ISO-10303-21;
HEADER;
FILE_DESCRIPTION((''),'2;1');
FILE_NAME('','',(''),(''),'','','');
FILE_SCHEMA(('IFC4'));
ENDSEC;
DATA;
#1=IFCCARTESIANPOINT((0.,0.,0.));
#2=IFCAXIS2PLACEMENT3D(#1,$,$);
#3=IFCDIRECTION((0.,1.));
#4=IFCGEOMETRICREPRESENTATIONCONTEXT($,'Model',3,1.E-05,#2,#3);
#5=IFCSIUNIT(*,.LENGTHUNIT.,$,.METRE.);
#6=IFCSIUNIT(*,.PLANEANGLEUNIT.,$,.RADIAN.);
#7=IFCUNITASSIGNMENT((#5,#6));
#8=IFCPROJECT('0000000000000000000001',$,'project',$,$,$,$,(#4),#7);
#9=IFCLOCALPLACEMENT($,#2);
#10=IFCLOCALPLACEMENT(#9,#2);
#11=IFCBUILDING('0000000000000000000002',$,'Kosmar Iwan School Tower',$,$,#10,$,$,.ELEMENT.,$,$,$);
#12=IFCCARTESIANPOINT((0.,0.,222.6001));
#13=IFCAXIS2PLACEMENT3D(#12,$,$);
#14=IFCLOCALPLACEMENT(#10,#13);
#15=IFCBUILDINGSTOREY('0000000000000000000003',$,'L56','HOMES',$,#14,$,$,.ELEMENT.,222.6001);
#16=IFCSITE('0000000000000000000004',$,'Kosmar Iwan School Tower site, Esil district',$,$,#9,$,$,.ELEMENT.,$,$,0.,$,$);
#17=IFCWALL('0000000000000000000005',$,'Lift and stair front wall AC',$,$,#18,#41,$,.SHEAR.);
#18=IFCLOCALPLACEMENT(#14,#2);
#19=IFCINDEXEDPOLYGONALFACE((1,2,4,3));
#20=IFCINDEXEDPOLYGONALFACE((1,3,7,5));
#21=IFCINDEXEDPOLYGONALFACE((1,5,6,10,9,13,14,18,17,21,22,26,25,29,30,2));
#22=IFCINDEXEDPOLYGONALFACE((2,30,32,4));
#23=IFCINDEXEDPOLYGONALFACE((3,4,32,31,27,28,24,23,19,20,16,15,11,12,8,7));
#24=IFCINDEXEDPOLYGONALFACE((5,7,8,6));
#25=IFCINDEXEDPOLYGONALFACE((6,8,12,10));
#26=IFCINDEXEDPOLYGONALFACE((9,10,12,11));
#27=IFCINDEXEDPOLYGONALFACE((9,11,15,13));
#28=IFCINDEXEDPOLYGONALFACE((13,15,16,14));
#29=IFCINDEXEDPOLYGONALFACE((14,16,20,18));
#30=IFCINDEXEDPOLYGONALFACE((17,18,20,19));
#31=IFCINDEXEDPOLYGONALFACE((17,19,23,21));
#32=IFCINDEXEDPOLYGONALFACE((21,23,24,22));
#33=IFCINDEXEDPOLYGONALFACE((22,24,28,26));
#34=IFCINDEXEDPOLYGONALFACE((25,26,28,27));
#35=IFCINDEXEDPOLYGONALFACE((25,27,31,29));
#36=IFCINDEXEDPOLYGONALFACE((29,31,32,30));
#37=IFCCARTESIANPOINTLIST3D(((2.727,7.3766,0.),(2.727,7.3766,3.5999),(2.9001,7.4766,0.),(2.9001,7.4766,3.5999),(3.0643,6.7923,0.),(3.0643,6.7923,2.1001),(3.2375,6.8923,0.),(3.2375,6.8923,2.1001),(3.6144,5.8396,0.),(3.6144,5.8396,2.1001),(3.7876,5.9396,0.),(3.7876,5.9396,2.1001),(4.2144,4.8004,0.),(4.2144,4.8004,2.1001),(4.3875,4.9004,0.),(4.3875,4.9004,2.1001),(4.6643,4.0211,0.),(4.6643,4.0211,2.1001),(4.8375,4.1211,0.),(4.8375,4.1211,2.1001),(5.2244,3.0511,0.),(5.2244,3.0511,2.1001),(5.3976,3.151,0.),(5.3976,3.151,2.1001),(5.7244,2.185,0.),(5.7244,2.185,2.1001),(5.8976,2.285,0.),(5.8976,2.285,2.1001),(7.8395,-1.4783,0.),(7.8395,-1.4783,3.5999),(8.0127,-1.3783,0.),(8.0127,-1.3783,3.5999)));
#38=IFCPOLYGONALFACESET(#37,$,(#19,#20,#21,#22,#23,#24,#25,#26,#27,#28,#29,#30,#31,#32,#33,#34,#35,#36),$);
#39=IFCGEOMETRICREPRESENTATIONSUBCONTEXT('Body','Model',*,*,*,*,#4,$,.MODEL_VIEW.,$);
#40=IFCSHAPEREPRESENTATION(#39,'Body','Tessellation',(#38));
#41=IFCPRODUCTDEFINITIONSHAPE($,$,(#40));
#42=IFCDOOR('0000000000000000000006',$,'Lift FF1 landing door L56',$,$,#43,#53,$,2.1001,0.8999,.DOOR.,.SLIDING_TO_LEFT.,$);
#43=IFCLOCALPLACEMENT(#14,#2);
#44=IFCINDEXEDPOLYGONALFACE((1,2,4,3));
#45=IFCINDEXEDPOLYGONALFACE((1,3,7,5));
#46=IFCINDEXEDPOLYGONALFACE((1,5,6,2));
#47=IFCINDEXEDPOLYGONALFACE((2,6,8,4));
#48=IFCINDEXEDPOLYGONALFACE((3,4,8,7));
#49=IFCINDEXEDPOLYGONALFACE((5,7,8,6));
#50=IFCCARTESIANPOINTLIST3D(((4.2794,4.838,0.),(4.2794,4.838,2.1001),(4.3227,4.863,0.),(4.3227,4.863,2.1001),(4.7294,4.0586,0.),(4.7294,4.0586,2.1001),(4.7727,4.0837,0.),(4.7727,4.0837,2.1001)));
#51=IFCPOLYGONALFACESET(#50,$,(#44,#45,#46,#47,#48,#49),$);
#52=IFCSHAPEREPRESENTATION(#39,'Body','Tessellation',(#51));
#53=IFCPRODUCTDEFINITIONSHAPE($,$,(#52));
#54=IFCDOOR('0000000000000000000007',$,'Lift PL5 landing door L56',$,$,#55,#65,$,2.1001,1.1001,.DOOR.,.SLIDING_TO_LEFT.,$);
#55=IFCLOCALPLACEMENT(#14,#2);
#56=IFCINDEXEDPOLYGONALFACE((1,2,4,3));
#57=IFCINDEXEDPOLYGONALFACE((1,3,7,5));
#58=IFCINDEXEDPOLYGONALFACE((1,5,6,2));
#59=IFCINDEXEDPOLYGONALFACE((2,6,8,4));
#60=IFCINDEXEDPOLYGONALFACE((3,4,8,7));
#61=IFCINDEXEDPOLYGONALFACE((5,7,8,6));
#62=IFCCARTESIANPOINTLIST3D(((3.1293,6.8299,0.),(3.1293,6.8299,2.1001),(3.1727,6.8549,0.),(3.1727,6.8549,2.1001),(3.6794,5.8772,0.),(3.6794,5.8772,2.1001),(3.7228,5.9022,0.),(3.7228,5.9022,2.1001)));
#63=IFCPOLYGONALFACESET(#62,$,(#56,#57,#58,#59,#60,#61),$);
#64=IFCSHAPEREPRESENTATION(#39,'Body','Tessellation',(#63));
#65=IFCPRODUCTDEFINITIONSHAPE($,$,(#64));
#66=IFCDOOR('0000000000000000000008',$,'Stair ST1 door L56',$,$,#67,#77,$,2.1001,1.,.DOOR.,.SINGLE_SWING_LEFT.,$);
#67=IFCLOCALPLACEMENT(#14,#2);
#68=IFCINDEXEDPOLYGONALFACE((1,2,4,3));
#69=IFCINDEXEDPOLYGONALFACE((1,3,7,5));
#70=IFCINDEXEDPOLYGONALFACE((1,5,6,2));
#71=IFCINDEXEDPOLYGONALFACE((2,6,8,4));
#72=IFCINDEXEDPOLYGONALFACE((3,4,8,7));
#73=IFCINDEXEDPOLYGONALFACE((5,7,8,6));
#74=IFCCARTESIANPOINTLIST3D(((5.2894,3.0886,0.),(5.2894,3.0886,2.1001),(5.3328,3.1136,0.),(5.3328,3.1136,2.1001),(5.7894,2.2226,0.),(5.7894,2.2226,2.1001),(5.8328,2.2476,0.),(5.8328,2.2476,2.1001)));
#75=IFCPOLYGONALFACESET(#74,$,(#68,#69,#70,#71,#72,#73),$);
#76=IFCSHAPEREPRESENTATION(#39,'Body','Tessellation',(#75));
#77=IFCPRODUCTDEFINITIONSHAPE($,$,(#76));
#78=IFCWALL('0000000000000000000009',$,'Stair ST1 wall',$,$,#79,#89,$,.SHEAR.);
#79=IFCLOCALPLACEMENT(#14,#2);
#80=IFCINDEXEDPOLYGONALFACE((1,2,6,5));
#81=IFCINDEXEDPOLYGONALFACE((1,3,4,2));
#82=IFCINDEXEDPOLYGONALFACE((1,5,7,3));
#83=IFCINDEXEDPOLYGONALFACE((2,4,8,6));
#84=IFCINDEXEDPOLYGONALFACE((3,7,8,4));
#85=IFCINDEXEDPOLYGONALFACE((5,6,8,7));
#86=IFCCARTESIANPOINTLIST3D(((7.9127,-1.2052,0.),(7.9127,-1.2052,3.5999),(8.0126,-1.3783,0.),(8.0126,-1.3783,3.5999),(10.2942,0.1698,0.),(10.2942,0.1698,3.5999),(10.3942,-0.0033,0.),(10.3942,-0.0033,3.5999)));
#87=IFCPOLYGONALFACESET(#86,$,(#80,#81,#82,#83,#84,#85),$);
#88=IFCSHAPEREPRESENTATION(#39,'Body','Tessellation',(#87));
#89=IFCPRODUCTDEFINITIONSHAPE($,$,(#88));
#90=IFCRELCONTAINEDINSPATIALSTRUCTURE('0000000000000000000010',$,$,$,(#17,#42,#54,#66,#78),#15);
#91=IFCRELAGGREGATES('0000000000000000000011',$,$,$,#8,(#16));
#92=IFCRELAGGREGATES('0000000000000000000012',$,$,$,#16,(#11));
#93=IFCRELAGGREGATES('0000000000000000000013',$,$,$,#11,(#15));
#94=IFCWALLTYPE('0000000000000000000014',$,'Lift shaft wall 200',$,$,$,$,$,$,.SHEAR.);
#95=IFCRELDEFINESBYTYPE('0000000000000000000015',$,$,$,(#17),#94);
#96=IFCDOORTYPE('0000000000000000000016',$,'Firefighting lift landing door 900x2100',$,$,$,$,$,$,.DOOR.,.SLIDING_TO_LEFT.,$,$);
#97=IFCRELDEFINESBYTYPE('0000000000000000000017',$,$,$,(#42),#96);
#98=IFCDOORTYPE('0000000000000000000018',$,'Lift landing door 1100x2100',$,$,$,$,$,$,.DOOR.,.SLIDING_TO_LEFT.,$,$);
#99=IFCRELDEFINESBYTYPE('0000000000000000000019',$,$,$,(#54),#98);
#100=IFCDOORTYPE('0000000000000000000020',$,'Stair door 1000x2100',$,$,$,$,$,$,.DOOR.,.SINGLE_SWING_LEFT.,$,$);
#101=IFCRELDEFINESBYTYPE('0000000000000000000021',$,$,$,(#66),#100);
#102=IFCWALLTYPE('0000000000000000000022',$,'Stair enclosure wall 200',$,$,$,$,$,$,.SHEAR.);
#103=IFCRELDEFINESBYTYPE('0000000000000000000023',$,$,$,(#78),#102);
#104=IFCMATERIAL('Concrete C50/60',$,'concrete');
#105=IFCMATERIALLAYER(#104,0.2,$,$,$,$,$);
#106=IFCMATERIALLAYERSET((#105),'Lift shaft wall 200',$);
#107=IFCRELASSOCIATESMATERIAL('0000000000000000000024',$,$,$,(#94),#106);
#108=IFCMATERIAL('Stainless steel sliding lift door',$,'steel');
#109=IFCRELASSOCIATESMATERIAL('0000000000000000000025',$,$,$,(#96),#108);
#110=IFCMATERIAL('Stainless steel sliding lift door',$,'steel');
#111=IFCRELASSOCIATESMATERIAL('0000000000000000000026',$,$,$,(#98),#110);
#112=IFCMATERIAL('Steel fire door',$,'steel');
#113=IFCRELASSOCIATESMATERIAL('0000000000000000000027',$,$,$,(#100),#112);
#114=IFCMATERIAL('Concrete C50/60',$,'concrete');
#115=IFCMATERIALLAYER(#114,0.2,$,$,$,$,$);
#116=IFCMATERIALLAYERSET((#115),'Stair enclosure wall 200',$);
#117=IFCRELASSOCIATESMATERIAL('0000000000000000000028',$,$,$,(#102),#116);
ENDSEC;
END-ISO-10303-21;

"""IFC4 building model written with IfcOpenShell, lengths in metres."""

from ifc_helpers import new_model, si_unit, direction, frame, frame_2d, origin, place, context, subcontext, project, spatial, rectangle, extrude, material, layer, layer_set, type_object, element, fill, save


model = new_model("IFC4")

# Units and contexts
model_context = context("Model", 3, precision=1e-05, world=origin(), true_north=direction((0.0, 1.0)))
body_context = subcontext(model_context, "Body", "Model", "MODEL_VIEW")
ifc_project = project(units=[si_unit("LENGTHUNIT", "METRE"), si_unit("PLANEANGLEUNIT", "RADIAN")], contexts=[model_context])

# Site, building, storey
site_placement = place(None, origin())
site = spatial("IfcSite", under=ifc_project, at=site_placement, Name="Kosmar Iwan School Tower site, Esil district", CompositionType="ELEMENT", RefElevation=0.0)
building_placement = place(site_placement, origin())
building = spatial("IfcBuilding", under=site, at=building_placement, Name="Kosmar Iwan School Tower", CompositionType="ELEMENT")
storey_placement = place(building_placement, frame((0.0, 0.0, 222.6001)))
storey = spatial("IfcBuildingStorey", under=building, at=storey_placement, Name="L56", Description="HOMES", CompositionType="ELEMENT", Elevation=222.6001)

# Wall, openings, doors
ifc_material_1 = material(Name="Concrete C50/60", Category="concrete")
ifc_layer_1 = layer(ifc_material_1, 0.2)
ifc_layer_set_1 = layer_set([ifc_layer_1], Name="Lift shaft wall 200")
wall_type_1 = type_object("IfcWallType", Name="Lift shaft wall 200", PredefinedType="SHEAR", material=ifc_layer_set_1)
wall_1_placement = place(storey_placement, frame((7.926, -1.4282, 0.0), z_axis=(0.0, 0.0, 1.0), x_axis=(-0.500009, 0.86602, 0.0)))
wall_1 = element("IfcWall", 1, at=wall_1_placement, inside=storey, type_object=wall_type_1, Name="Lift and stair front wall AC", PredefinedType="SHEAR", context=body_context, shape_type="SweptSolid", body=[
    extrude(rectangle(XDim=10.2249, YDim=0.2, at=frame_2d((5.1123, 0.0))), origin(), (0.0, 0.0, 1.0), 3.5999),
])
opening_1_placement = place(wall_1_placement, frame((6.3501, 0.0, 0.0)))
opening_1 = element("IfcOpeningElement", 2, at=opening_1_placement, cuts=wall_1, PredefinedType="OPENING", context=body_context, shape_type="SweptSolid", body=[
    extrude(rectangle(XDim=0.8999, YDim=2.1001, at=frame_2d((0.45, 1.05))), frame((0.0, 0.1121, 0.0), z_axis=(0.0, -1.0, 0.0), x_axis=(1.0, 0.0, 0.0)), (0.0, 0.0, 1.0), 0.2239),
])
opening_2_placement = place(wall_1_placement, frame((8.45, 0.0, 0.0)))
opening_2 = element("IfcOpeningElement", 3, at=opening_2_placement, cuts=wall_1, PredefinedType="OPENING", context=body_context, shape_type="SweptSolid", body=[
    extrude(rectangle(XDim=1.1001, YDim=2.1001, at=frame_2d((0.55, 1.05))), frame((0.0, 0.1121, 0.0), z_axis=(0.0, -1.0, 0.0), x_axis=(1.0, 0.0, 0.0)), (0.0, 0.0, 1.0), 0.2239),
])
opening_3_placement = place(wall_1_placement, frame((4.23, 0.0, 0.0)))
opening_3 = element("IfcOpeningElement", 4, at=opening_3_placement, cuts=wall_1, PredefinedType="OPENING", context=body_context, shape_type="SweptSolid", body=[
    extrude(rectangle(XDim=1.0, YDim=2.1001, at=frame_2d((0.5, 1.05))), frame((0.0, 0.1121, 0.0), z_axis=(0.0, -1.0, 0.0), x_axis=(1.0, 0.0, 0.0)), (0.0, 0.0, 1.0), 0.2239),
])
ifc_material_2 = material(Name="Stainless steel sliding lift door", Category="steel")
door_type_1 = type_object("IfcDoorType", Name="Firefighting lift landing door 900x2100", OperationType="SLIDING_TO_LEFT", PredefinedType="DOOR", material=ifc_material_2)
door_1_placement = place(opening_1_placement, origin())
door_1 = element("IfcDoor", 5, at=door_1_placement, inside=storey, type_object=door_type_1, Name="Lift FF1 landing door L56", OperationType="SLIDING_TO_LEFT", OverallHeight=2.1001, OverallWidth=0.8999, PredefinedType="DOOR", context=body_context, shape_type="SweptSolid", body=[
    extrude(rectangle(XDim=0.8999, YDim=2.1001, at=frame_2d((0.45, 1.05))), frame((0.0, 0.0249, 0.0), z_axis=(0.0, -1.0, 0.0), x_axis=(1.0, 0.0, 0.0)), (0.0, 0.0, 1.0), 0.05),
])
fill(opening_1, door_1)
ifc_material_3 = material(Name="Stainless steel sliding lift door", Category="steel")
door_type_2 = type_object("IfcDoorType", Name="Lift landing door 1100x2100", OperationType="SLIDING_TO_LEFT", PredefinedType="DOOR", material=ifc_material_3)
door_2_placement = place(opening_2_placement, origin())
door_2 = element("IfcDoor", 6, at=door_2_placement, inside=storey, type_object=door_type_2, Name="Lift PL5 landing door L56", OperationType="SLIDING_TO_LEFT", OverallHeight=2.1001, OverallWidth=1.1001, PredefinedType="DOOR", context=body_context, shape_type="SweptSolid", body=[
    extrude(rectangle(XDim=1.1001, YDim=2.1001, at=frame_2d((0.55, 1.05))), frame((0.0, 0.0249, 0.0), z_axis=(0.0, -1.0, 0.0), x_axis=(1.0, 0.0, 0.0)), (0.0, 0.0, 1.0), 0.05),
])
fill(opening_2, door_2)
ifc_material_4 = material(Name="Steel fire door", Category="steel")
door_type_3 = type_object("IfcDoorType", Name="Stair door 1000x2100", OperationType="SINGLE_SWING_LEFT", PredefinedType="DOOR", material=ifc_material_4)
door_3_placement = place(opening_3_placement, origin())
door_3 = element("IfcDoor", 7, at=door_3_placement, inside=storey, type_object=door_type_3, Name="Stair ST1 door L56", OperationType="SINGLE_SWING_LEFT", OverallHeight=2.1001, OverallWidth=1.0, PredefinedType="DOOR", context=body_context, shape_type="SweptSolid", body=[
    extrude(rectangle(XDim=1.0, YDim=2.1001, at=frame_2d((0.5, 1.05))), frame((0.0, 0.0249, 0.0), z_axis=(0.0, -1.0, 0.0), x_axis=(1.0, 0.0, 0.0)), (0.0, 0.0, 1.0), 0.05),
])
fill(opening_3, door_3)

# Wall
ifc_material_5 = material(Name="Concrete C50/60", Category="concrete")
ifc_layer_2 = layer(ifc_material_5, 0.2)
ifc_layer_set_2 = layer_set([ifc_layer_2], Name="Stair enclosure wall 200")
wall_type_2 = type_object("IfcWallType", Name="Stair enclosure wall 200", PredefinedType="SHEAR", material=ifc_layer_set_2)
wall_2_placement = place(storey_placement, frame((7.9626, -1.2917, 0.0), z_axis=(0.0, 0.0, 1.0), x_axis=(0.866027, 0.499997, 0.0)))
element("IfcWall", 8, at=wall_2_placement, inside=storey, type_object=wall_type_2, Name="Stair ST1 wall", PredefinedType="SHEAR", context=body_context, shape_type="SweptSolid", body=[
    extrude(rectangle(XDim=2.75, YDim=0.2, at=frame_2d((1.375, 0.0))), origin(), (0.0, 0.0, 1.0), 3.5999),
])

save(model, "model.ifc")
